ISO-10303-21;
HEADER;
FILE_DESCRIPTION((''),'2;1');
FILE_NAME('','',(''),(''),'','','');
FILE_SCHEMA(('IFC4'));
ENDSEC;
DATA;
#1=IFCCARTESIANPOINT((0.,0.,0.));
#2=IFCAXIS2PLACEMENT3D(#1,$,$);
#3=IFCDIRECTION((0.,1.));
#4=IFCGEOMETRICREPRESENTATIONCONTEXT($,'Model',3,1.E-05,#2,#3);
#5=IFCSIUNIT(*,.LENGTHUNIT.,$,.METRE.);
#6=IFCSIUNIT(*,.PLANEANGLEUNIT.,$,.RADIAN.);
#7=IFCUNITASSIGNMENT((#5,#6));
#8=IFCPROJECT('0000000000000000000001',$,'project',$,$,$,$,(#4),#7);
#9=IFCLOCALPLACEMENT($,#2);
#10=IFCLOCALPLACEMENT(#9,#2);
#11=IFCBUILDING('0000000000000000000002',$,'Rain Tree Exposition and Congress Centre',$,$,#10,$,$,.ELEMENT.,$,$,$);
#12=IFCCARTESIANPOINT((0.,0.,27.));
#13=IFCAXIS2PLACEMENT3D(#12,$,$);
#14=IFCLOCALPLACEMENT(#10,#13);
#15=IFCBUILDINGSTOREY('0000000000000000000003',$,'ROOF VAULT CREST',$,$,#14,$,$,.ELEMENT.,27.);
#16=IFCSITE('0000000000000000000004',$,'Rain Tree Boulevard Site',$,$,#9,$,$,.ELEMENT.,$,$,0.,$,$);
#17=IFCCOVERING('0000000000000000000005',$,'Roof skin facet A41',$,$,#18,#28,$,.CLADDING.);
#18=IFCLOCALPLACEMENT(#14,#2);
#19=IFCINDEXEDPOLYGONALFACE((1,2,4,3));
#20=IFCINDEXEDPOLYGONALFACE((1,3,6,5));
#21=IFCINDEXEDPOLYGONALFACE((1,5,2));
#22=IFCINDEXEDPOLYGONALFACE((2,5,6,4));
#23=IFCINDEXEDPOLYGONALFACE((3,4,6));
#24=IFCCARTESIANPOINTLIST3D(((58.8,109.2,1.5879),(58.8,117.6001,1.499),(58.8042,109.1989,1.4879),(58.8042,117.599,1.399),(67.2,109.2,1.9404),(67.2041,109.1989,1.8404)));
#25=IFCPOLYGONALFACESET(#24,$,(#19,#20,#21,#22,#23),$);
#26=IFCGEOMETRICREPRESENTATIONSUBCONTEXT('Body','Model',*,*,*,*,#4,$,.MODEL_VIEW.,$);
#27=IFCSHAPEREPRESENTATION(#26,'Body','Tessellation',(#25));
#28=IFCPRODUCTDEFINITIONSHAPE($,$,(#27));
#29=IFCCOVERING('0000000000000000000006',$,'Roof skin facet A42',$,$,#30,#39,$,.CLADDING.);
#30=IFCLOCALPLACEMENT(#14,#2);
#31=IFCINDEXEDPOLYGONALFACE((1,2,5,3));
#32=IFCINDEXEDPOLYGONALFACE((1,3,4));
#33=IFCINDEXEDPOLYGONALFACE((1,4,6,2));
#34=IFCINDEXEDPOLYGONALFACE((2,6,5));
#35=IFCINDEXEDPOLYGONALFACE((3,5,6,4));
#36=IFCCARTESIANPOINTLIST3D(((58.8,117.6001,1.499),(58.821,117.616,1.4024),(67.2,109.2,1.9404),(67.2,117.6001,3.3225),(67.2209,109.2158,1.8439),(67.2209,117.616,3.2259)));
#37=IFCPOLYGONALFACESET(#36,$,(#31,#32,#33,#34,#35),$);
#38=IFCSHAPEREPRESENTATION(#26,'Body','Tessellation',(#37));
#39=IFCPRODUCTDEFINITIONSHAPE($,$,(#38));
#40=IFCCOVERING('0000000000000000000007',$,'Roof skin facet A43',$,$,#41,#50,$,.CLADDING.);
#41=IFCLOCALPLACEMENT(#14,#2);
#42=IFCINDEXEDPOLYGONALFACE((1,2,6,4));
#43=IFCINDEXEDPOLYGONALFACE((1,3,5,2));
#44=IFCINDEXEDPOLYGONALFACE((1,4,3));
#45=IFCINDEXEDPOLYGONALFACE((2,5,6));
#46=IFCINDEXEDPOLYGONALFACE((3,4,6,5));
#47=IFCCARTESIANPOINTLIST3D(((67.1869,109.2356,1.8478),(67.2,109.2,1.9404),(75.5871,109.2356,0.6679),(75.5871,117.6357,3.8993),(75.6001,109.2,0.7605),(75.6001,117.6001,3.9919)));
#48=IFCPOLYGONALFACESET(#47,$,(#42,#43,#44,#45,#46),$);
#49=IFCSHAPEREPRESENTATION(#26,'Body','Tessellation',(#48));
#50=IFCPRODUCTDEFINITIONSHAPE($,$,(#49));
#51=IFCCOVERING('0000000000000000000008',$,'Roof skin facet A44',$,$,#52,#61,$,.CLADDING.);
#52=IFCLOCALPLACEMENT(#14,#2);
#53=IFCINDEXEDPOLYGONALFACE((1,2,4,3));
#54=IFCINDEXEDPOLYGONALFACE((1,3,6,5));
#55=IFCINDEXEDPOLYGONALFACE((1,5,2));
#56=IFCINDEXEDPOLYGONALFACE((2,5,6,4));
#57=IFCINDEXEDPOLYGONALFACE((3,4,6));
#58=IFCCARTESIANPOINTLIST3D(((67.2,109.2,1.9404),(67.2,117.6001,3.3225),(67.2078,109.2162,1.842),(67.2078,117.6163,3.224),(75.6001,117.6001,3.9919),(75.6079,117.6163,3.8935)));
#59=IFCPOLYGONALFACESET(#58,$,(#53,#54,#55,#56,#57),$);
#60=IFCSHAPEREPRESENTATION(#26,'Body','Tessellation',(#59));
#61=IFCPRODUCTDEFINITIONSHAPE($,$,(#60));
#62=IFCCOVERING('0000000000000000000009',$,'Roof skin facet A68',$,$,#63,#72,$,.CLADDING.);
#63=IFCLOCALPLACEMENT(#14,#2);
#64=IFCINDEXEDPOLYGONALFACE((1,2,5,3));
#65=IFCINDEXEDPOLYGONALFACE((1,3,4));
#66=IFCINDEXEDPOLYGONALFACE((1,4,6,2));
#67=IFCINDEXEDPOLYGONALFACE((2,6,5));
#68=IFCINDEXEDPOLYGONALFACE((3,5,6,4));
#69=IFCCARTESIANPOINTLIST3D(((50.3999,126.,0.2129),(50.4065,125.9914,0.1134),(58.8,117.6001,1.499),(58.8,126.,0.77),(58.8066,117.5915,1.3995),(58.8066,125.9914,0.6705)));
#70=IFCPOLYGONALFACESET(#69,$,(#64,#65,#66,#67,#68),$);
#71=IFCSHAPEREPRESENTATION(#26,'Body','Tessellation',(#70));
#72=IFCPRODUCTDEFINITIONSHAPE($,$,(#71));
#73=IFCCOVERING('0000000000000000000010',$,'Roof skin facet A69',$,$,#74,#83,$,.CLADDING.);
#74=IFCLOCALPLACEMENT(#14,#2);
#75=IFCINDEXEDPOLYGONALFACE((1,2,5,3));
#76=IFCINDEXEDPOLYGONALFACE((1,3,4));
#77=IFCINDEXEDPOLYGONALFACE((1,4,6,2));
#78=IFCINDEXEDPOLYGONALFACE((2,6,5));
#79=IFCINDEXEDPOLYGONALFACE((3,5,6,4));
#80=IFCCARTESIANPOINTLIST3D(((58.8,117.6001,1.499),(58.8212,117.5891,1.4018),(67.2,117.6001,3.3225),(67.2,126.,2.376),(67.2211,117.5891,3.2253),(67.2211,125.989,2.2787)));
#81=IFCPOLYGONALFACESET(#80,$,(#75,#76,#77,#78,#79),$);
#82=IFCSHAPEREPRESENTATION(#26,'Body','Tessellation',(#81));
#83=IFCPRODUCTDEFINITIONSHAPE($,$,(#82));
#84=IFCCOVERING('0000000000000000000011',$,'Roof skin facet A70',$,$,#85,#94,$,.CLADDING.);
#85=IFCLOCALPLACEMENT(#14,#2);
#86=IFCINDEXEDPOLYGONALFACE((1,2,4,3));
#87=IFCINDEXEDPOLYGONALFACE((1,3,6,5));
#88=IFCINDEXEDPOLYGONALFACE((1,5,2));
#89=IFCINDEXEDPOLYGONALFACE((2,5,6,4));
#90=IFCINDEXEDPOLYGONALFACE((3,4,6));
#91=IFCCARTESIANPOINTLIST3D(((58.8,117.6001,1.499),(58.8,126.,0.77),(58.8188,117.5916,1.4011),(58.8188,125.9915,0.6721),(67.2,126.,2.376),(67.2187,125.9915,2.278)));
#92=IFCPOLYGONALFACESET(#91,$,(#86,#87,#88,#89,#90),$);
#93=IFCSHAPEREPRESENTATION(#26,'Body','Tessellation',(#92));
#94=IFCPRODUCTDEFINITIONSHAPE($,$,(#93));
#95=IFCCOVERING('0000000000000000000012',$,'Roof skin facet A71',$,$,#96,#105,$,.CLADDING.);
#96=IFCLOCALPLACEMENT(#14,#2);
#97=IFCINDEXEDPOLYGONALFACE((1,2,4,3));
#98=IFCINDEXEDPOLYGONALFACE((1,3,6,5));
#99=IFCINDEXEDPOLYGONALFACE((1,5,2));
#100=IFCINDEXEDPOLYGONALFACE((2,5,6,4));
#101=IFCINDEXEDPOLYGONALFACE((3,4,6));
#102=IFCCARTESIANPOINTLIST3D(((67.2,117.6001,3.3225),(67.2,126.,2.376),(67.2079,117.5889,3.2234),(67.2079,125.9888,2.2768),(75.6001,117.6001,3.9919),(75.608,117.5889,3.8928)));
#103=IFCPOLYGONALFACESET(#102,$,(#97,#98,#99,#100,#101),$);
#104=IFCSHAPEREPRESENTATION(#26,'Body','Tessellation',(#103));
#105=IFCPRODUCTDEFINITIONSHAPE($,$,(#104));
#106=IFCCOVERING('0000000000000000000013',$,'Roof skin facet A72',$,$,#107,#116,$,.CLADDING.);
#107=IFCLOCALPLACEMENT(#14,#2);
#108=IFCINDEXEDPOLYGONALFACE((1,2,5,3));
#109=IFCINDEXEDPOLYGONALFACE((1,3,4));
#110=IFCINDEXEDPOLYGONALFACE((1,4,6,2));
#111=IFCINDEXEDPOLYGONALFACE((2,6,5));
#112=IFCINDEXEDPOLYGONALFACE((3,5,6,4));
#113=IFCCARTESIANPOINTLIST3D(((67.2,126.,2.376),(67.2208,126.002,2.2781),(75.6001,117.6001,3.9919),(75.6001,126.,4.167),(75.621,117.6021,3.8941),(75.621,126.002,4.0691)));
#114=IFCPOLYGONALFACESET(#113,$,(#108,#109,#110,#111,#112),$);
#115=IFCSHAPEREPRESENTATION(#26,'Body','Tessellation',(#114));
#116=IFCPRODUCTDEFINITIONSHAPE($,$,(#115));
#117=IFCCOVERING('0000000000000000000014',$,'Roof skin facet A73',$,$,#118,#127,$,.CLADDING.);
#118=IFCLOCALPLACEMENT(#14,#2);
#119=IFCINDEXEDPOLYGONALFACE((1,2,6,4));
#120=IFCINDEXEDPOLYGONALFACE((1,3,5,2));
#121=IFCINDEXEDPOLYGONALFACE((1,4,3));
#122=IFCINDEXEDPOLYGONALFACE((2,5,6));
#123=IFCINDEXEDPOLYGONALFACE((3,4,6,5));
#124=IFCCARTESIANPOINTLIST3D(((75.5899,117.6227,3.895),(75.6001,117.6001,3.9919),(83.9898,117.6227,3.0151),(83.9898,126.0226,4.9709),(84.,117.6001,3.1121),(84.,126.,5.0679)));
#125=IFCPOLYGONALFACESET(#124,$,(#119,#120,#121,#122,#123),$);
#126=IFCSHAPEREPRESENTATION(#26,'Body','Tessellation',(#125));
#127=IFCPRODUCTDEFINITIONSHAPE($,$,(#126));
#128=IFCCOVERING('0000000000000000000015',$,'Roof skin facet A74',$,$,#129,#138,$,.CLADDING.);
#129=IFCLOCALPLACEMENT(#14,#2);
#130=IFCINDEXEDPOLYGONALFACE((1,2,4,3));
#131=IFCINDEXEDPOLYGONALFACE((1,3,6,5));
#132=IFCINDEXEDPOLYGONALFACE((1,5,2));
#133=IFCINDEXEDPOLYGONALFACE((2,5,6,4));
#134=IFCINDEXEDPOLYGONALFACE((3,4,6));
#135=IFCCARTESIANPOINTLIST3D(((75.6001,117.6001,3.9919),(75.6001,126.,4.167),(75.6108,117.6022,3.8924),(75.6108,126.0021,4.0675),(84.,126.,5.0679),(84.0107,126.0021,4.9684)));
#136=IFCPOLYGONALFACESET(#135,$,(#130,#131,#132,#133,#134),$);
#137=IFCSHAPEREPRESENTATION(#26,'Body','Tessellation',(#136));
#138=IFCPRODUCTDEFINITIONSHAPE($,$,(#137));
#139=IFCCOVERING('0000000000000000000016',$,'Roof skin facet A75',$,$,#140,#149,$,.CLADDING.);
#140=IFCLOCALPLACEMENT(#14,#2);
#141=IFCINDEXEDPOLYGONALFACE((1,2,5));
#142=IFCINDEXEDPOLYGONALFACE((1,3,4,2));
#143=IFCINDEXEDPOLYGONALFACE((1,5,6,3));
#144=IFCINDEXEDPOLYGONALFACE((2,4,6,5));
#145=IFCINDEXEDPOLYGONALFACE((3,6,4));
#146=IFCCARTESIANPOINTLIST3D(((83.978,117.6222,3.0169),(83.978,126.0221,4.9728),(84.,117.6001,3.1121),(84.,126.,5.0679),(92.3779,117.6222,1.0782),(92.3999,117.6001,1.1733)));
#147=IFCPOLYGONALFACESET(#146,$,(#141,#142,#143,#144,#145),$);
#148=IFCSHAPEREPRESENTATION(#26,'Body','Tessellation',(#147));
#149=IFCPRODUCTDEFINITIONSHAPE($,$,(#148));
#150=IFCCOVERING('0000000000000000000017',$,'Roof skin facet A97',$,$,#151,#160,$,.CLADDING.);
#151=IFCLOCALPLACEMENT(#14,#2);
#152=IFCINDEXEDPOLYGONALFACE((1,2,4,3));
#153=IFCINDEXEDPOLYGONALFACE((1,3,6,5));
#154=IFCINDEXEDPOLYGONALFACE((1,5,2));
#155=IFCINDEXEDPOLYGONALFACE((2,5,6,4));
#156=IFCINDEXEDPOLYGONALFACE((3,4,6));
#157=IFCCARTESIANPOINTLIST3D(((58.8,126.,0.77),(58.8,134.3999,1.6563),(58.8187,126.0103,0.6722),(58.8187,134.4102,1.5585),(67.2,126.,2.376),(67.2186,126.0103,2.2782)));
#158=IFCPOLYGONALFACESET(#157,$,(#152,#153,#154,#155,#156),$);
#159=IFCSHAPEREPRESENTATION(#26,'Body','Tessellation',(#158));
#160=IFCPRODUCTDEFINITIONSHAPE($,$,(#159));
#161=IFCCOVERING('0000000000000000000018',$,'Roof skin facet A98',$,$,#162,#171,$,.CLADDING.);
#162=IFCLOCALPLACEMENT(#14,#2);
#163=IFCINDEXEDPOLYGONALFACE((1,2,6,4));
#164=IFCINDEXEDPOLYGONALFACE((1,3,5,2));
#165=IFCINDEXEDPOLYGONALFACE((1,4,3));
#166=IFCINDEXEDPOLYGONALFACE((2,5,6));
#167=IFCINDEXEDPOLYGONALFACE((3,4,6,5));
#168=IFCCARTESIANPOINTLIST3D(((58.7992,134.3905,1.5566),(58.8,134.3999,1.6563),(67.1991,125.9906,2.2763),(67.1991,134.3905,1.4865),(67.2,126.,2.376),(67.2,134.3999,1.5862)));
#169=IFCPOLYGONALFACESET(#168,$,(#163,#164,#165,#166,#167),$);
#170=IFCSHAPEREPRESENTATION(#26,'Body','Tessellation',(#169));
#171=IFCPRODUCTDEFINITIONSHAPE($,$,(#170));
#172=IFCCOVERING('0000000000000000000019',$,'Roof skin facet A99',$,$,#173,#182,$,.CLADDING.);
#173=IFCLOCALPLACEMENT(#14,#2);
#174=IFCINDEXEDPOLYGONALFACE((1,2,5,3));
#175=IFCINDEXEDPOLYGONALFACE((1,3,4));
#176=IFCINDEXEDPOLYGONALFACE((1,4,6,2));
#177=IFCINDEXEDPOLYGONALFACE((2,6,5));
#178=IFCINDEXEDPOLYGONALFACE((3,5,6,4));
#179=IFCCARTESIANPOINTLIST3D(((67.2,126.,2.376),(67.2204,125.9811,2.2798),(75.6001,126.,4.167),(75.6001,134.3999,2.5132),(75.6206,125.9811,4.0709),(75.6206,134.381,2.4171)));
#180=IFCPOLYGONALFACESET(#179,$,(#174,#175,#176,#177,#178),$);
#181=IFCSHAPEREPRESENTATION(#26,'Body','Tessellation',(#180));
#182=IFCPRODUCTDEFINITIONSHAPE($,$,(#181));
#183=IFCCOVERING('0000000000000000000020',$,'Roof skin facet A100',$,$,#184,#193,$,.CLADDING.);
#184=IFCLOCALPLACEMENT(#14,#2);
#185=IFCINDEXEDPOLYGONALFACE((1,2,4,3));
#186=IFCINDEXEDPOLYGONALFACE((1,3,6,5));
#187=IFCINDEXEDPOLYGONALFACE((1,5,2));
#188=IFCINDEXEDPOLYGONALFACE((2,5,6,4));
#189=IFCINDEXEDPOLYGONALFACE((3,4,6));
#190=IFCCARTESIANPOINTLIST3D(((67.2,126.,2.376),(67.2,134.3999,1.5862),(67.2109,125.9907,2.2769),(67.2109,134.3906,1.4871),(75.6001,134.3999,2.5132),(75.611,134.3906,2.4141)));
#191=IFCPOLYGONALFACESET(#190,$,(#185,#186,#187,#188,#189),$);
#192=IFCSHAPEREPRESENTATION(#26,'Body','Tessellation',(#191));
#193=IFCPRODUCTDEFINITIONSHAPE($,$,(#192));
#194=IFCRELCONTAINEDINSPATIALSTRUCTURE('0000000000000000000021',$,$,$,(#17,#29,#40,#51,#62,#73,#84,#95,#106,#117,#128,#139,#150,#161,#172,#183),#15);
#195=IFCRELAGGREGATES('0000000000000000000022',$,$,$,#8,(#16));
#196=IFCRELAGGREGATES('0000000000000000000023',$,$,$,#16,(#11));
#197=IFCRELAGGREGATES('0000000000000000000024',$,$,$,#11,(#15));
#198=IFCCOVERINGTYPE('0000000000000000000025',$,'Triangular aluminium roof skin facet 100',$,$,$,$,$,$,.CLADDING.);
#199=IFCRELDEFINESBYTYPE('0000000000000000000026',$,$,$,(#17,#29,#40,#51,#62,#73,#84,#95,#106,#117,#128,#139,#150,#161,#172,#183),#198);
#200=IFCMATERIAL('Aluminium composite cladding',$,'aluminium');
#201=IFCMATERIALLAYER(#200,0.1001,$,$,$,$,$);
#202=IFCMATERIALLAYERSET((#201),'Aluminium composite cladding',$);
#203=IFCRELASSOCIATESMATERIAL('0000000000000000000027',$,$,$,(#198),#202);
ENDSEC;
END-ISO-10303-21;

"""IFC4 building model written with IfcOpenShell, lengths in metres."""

from ifc_helpers import new_model, si_unit, direction, frame, origin, place, context, subcontext, project, spatial, polyline, outline, extrude, material, layer, layer_set, type_object, element, save


model = new_model("IFC4")

# Units and contexts
model_context = context("Model", 3, precision=1e-05, world=origin(), true_north=direction((0.0, 1.0)))
body_context = subcontext(model_context, "Body", "Model", "MODEL_VIEW")
ifc_project = project(units=[si_unit("LENGTHUNIT", "METRE"), si_unit("PLANEANGLEUNIT", "RADIAN")], contexts=[model_context])

# Site, building, storey
site_placement = place(None, origin())
site = spatial("IfcSite", under=ifc_project, at=site_placement, Name="Rain Tree Boulevard Site", CompositionType="ELEMENT", RefElevation=0.0)
building_placement = place(site_placement, origin())
building = spatial("IfcBuilding", under=site, at=building_placement, Name="Rain Tree Exposition and Congress Centre", CompositionType="ELEMENT")
storey_placement = place(building_placement, frame((0.0, 0.0, 27.0)))
storey = spatial("IfcBuildingStorey", under=building, at=storey_placement, Name="ROOF VAULT CREST", CompositionType="ELEMENT", Elevation=27.0)

# Coverings
ifc_material = material(Name="Aluminium composite cladding", Category="aluminium")
ifc_layer = layer(ifc_material, 0.1001)
ifc_layer_set = layer_set([ifc_layer], Name="Aluminium composite cladding")
covering_type = type_object("IfcCoveringType", Name="Triangular aluminium roof skin facet 100", PredefinedType="CLADDING", material=ifc_layer_set)
covering_1_placement = place(storey_placement, frame((58.8, 109.2, 1.5879), z_axis=(-0.04193, 0.010569, 0.999065), x_axis=(0.99912, 0.0, 0.041933)))
element("IfcCovering", 1, at=covering_1_placement, inside=storey, type_object=covering_type, Name="Roof skin facet A41", PredefinedType="CLADDING", context=body_context, shape_type="SweptSolid", body=[
    extrude(outline(polyline([(0.0, 0.0), (8.4073, 0.0), (-0.0037, 8.4006), (0.0, 0.0)])), origin(), (0.0, 0.0, -1.0), 0.1001),
])
covering_2_placement = place(storey_placement, frame((67.2, 109.2, 1.9404), z_axis=(-0.209453, -0.158747, 0.964847), x_axis=(0.0, 0.986734, 0.162348)))
element("IfcCovering", 2, at=covering_2_placement, inside=storey, type_object=covering_type, Name="Roof skin facet A42", PredefinedType="CLADDING", context=body_context, shape_type="SweptSolid", body=[
    extrude(outline(polyline([(0.0, 0.0), (8.5131, 0.0), (8.217, 8.5904), (0.0, 0.0)])), origin(), (0.0, 0.0, -1.0), 0.1001),
])
covering_3_placement = place(storey_placement, frame((67.2, 109.2, 1.9404), z_axis=(0.129987, -0.355993, 0.925404), x_axis=(0.990278, 0.0, -0.1391)))
element("IfcCovering", 3, at=covering_3_placement, inside=storey, type_object=covering_type, Name="Roof skin facet A43", PredefinedType="CLADDING", context=body_context, shape_type="SweptSolid", body=[
    extrude(outline(polyline([(0.0, 0.0), (8.4826, 0.0), (8.0331, 8.989), (0.0, 0.0)])), origin(), (0.0, 0.0, -1.0), 0.1001),
])
covering_4_placement = place(storey_placement, frame((67.2, 109.2, 1.9404), z_axis=(-0.078394, -0.161848, 0.983697), x_axis=(0.696793, 0.696793, 0.170173)))
element("IfcCovering", 4, at=covering_4_placement, inside=storey, type_object=covering_type, Name="Roof skin facet A44", PredefinedType="CLADDING", context=body_context, shape_type="SweptSolid", body=[
    extrude(outline(polyline([(0.0, 0.0), (12.0554, 0.0), (6.0884, 5.9502), (0.0, 0.0)])), origin(), (0.0, 0.0, -1.0), 0.1001),
])
covering_5_placement = place(storey_placement, frame((58.8, 117.6001, 1.499), z_axis=(-0.065932, 0.086274, 0.994087), x_axis=(0.0, 0.996255, -0.086462)))
element("IfcCovering", 5, at=covering_5_placement, inside=storey, type_object=covering_type, Name="Roof skin facet A68", PredefinedType="CLADDING", context=body_context, shape_type="SweptSolid", body=[
    extrude(outline(polyline([(0.0, 0.0), (8.4315, 0.0), (8.4796, 8.4185), (0.0, 0.0)])), origin(), (0.0, 0.0, -1.0), 0.1001),
])
covering_6_placement = place(storey_placement, frame((58.8, 117.6001, 1.499), z_axis=(-0.210868, 0.109457, 0.971367), x_axis=(0.977239, 0.0, 0.212143)))
element("IfcCovering", 6, at=covering_6_placement, inside=storey, type_object=covering_type, Name="Roof skin facet A69", PredefinedType="CLADDING", context=body_context, shape_type="SweptSolid", body=[
    extrude(outline(polyline([(0.0, 0.0), (8.5955, 0.0), (8.3947, 8.4507), (0.0, 0.0)])), origin(), (0.0, 0.0, -1.0), 0.1001),
])
covering_7_placement = place(storey_placement, frame((58.8, 117.6001, 1.499), z_axis=(-0.187108, 0.084935, 0.978661), x_axis=(0.705188, 0.705188, 0.073622)))
element("IfcCovering", 7, at=covering_7_placement, inside=storey, type_object=covering_type, Name="Roof skin facet A70", PredefinedType="CLADDING", context=body_context, shape_type="SweptSolid", body=[
    extrude(outline(polyline([(0.0, 0.0), (11.9116, 0.0), (5.8698, 6.0527), (0.0, 0.0)])), origin(), (0.0, 0.0, -1.0), 0.1001),
])
covering_8_placement = place(storey_placement, frame((67.2, 117.6001, 3.3225), z_axis=(-0.078945, 0.111626, 0.99061), x_axis=(0.99684, 0.0, 0.079441)))
element("IfcCovering", 8, at=covering_8_placement, inside=storey, type_object=covering_type, Name="Roof skin facet A71", PredefinedType="CLADDING", context=body_context, shape_type="SweptSolid", body=[
    extrude(outline(polyline([(0.0, 0.0), (8.4268, 0.0), (-0.0752, 8.4527), (0.0, 0.0)])), origin(), (0.0, 0.0, -1.0), 0.1001),
])
covering_9_placement = place(storey_placement, frame((75.6001, 117.6001, 3.9919), z_axis=(-0.208482, -0.020377, 0.977814), x_axis=(0.0, 0.999783, 0.020835)))
element("IfcCovering", 9, at=covering_9_placement, inside=storey, type_object=covering_type, Name="Roof skin facet A72", PredefinedType="CLADDING", context=body_context, shape_type="SweptSolid", body=[
    extrude(outline(polyline([(0.0, 0.0), (8.4017, 0.0), (8.3644, 8.5889), (0.0, 0.0)])), origin(), (0.0, 0.0, -1.0), 0.1001),
])
covering_10_placement = place(storey_placement, frame((75.6001, 117.6001, 3.9919), z_axis=(0.101493, -0.2256, 0.968919), x_axis=(0.994559, 0.0, -0.104179)))
element("IfcCovering", 10, at=covering_10_placement, inside=storey, type_object=covering_type, Name="Roof skin facet A73", PredefinedType="CLADDING", context=body_context, shape_type="SweptSolid", body=[
    extrude(outline(polyline([(0.0, 0.0), (8.4459, 0.0), (8.2421, 8.6222), (0.0, 0.0)])), origin(), (0.0, 0.0, -1.0), 0.1001),
])
covering_11_placement = place(storey_placement, frame((75.6001, 117.6001, 3.9919), z_axis=(-0.106614, -0.020716, 0.994085), x_axis=(0.704224, 0.704224, 0.090203)))
element("IfcCovering", 11, at=covering_11_placement, inside=storey, type_object=covering_type, Name="Roof skin facet A74", PredefinedType="CLADDING", context=body_context, shape_type="SweptSolid", body=[
    extrude(outline(polyline([(0.0, 0.0), (11.9279, 0.0), (5.9312, 5.9506), (0.0, 0.0)])), origin(), (0.0, 0.0, -1.0), 0.1001),
])
covering_12_placement = place(storey_placement, frame((84.0, 117.6001, 3.1121), z_axis=(0.219317, -0.22125, 0.950236), x_axis=(0.974384, 0.0, -0.224891)))
element("IfcCovering", 12, at=covering_12_placement, inside=storey, type_object=covering_type, Name="Roof skin facet A75", PredefinedType="CLADDING", context=body_context, shape_type="SweptSolid", body=[
    extrude(outline(polyline([(0.0, 0.0), (8.6207, 0.0), (-0.4398, 8.6134), (0.0, 0.0)])), origin(), (0.0, 0.0, -1.0), 0.1001),
])
covering_13_placement = place(storey_placement, frame((58.8, 126.0, 0.77), z_axis=(-0.186786, -0.103076, 0.976978), x_axis=(0.98221, 0.0, 0.187786)))
element("IfcCovering", 13, at=covering_13_placement, inside=storey, type_object=covering_type, Name="Roof skin facet A97", PredefinedType="CLADDING", context=body_context, shape_type="SweptSolid", body=[
    extrude(outline(polyline([(0.0, 0.0), (8.552, 0.0), (0.1664, 8.4449), (0.0, 0.0)])), origin(), (0.0, 0.0, -1.0), 0.1001),
])
covering_14_placement = place(storey_placement, frame((67.2, 126.0, 2.376), z_axis=(0.008305, 0.093608, 0.995574), x_axis=(0.0, 0.995609, -0.093611)))
element("IfcCovering", 14, at=covering_14_placement, inside=storey, type_object=covering_type, Name="Roof skin facet A98", PredefinedType="CLADDING", context=body_context, shape_type="SweptSolid", body=[
    extrude(outline(polyline([(0.0, 0.0), (8.437, 0.0), (8.4304, 8.4002), (0.0, 0.0)])), origin(), (0.0, 0.0, -1.0), 0.1001),
])
covering_15_placement = place(storey_placement, frame((67.2, 126.0, 2.376), z_axis=(-0.204764, 0.189083, 0.960375), x_axis=(0.978017, 0.0, 0.208525)))
element("IfcCovering", 15, at=covering_15_placement, inside=storey, type_object=covering_type, Name="Roof skin facet A99", PredefinedType="CLADDING", context=body_context, shape_type="SweptSolid", body=[
    extrude(outline(polyline([(0.0, 0.0), (8.589, 0.0), (8.2441, 8.5542), (0.0, 0.0)])), origin(), (0.0, 0.0, -1.0), 0.1001),
])
covering_16_placement = place(storey_placement, frame((67.2, 126.0, 2.376), z_axis=(-0.109214, 0.093051, 0.989653), x_axis=(0.70707, 0.707049, 0.011549)))
element("IfcCovering", 16, at=covering_16_placement, inside=storey, type_object=covering_type, Name="Roof skin facet A100", PredefinedType="CLADDING", context=body_context, shape_type="SweptSolid", body=[
    extrude(outline(polyline([(0.0, 0.0), (11.8802, 0.0), (5.93, 6.0014), (0.0, 0.0)])), origin(), (0.0, 0.0, -1.0), 0.1001),
])

save(model, "model.ifc")
